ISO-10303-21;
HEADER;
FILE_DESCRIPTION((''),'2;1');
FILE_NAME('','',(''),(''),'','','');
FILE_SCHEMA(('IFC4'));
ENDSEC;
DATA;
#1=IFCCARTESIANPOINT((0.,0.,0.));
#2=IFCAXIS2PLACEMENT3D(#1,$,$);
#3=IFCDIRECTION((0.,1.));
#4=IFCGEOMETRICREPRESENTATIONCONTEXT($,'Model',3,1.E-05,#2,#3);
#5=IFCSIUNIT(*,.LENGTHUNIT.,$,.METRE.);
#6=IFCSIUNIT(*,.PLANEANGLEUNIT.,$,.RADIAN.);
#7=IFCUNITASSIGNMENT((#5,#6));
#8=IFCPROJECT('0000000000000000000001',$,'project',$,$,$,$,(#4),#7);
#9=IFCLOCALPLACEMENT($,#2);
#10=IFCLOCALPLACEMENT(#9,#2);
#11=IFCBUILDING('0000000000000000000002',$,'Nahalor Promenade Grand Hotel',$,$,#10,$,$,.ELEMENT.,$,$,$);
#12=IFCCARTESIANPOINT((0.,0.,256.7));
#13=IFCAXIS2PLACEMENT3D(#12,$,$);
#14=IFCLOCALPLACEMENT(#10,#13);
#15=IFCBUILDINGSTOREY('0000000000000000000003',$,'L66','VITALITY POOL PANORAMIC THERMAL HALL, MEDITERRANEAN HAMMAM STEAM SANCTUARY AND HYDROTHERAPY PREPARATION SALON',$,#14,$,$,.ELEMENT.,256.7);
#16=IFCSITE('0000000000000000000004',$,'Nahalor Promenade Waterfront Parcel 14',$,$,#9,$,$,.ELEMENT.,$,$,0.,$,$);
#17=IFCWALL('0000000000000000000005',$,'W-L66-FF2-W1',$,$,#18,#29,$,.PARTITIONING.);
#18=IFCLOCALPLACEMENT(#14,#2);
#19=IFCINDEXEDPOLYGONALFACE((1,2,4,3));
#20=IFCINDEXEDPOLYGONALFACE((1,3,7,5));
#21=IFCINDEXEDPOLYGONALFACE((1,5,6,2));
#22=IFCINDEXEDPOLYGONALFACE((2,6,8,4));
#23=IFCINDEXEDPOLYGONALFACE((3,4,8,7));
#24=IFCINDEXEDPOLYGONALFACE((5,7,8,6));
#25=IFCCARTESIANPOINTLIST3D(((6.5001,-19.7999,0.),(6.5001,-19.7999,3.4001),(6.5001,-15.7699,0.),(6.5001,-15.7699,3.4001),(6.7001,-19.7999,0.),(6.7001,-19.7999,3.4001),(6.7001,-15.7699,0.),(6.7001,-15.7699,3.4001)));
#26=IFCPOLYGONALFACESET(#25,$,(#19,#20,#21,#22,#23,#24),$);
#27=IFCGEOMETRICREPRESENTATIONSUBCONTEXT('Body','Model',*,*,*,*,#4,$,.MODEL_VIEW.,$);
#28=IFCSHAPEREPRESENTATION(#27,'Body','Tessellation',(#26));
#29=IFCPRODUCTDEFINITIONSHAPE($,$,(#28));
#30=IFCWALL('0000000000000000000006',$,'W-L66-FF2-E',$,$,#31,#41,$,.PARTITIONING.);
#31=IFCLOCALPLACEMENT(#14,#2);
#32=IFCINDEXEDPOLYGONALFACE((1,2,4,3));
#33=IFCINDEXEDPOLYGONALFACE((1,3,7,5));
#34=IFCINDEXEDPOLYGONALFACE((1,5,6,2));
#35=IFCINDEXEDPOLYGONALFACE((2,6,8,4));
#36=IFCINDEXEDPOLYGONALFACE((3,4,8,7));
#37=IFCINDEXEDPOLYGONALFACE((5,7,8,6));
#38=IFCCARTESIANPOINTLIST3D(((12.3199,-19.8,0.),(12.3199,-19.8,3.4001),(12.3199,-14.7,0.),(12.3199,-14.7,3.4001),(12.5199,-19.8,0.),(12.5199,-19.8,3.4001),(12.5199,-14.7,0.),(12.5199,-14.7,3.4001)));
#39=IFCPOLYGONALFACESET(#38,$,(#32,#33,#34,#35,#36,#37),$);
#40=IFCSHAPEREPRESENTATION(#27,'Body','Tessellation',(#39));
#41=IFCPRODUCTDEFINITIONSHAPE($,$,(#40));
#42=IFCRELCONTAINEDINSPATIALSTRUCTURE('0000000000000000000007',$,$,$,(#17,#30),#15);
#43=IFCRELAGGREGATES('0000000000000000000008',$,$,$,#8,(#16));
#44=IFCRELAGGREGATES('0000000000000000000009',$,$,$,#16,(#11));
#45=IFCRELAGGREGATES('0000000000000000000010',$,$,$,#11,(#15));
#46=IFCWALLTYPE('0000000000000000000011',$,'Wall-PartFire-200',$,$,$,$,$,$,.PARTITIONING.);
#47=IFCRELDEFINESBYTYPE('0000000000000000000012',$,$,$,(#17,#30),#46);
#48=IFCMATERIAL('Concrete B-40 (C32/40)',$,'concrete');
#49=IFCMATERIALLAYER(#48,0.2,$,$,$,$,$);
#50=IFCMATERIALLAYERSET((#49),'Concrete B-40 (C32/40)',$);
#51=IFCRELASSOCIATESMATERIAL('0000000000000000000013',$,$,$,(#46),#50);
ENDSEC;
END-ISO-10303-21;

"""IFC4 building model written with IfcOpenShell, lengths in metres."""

from ifc_helpers import new_model, si_unit, direction, frame, frame_2d, origin, place, context, subcontext, project, spatial, rectangle, extrude, source, transform, mapped, material, layer, layer_set, type_object, element, save


model = new_model("IFC4")

# Units and contexts
model_context = context("Model", 3, precision=1e-05, world=origin(), true_north=direction((0.0, 1.0)))
body_context = subcontext(model_context, "Body", "Model", "MODEL_VIEW")
ifc_project = project(units=[si_unit("LENGTHUNIT", "METRE"), si_unit("PLANEANGLEUNIT", "RADIAN")], contexts=[model_context])

# Site, building, storey
site_placement = place(None, origin())
site = spatial("IfcSite", under=ifc_project, at=site_placement, Name="Nahalor Promenade Waterfront Parcel 14", CompositionType="ELEMENT", RefElevation=0.0)
building_placement = place(site_placement, origin())
building = spatial("IfcBuilding", under=site, at=building_placement, Name="Nahalor Promenade Grand Hotel", CompositionType="ELEMENT")
storey_placement = place(building_placement, frame((0.0, 0.0, 256.7)))
storey = spatial("IfcBuildingStorey", under=building, at=storey_placement, Name="L66", Description="VITALITY POOL PANORAMIC THERMAL HALL, MEDITERRANEAN HAMMAM STEAM SANCTUARY AND HYDROTHERAPY PREPARATION SALON", CompositionType="ELEMENT", Elevation=256.7)

# Walls
ifc_material_1 = material(Name="Concrete B-40 (C32/40)", Category="concrete")
ifc_layer_1 = layer(ifc_material_1, 0.2)
ifc_layer_set_1 = layer_set([ifc_layer_1], Name="Concrete B-40 (C32/40)")
wall_type_1 = type_object("IfcWallType", Name="Wall-PartFire-200", PredefinedType="PARTITIONING", material=ifc_layer_set_1)
shared_shape_1 = source(origin(), body_context, "Body", "SweptSolid", [
    extrude(rectangle(XDim=4.03, YDim=0.2, at=frame_2d((2.0151, 0.0))), origin(), (0.0, 0.0, 1.0), 3.4001),
])
wall_1_placement = place(storey_placement, frame((6.6001, -19.8, 0.0), z_axis=(0.0, 0.0, 1.0), x_axis=(0.0, 1.0, 0.0)))
element("IfcWall", 1, at=wall_1_placement, inside=storey, type_object=wall_type_1, Name="W-L66-FF2-W1", PredefinedType="PARTITIONING", context=body_context, shape_type="MappedRepresentation", body=[
    mapped(shared_shape_1, transform((0.0, 0.0, 0.0), scale=1.0)),
])
shared_shape_2 = source(origin(), body_context, "Body", "SweptSolid", [
    extrude(rectangle(XDim=5.1001, YDim=0.2, at=frame_2d((2.55, 0.0))), origin(), (0.0, 0.0, 1.0), 3.4001),
])
wall_2_placement = place(storey_placement, frame((12.4199, -19.8, 0.0), z_axis=(0.0, 0.0, 1.0), x_axis=(0.0, 1.0, 0.0)))
element("IfcWall", 2, at=wall_2_placement, inside=storey, type_object=wall_type_1, Name="W-L66-FF2-E", PredefinedType="PARTITIONING", context=body_context, shape_type="MappedRepresentation", body=[
    mapped(shared_shape_2, transform((0.0, 0.0, 0.0), scale=1.0)),
])

save(model, "model.ifc")
